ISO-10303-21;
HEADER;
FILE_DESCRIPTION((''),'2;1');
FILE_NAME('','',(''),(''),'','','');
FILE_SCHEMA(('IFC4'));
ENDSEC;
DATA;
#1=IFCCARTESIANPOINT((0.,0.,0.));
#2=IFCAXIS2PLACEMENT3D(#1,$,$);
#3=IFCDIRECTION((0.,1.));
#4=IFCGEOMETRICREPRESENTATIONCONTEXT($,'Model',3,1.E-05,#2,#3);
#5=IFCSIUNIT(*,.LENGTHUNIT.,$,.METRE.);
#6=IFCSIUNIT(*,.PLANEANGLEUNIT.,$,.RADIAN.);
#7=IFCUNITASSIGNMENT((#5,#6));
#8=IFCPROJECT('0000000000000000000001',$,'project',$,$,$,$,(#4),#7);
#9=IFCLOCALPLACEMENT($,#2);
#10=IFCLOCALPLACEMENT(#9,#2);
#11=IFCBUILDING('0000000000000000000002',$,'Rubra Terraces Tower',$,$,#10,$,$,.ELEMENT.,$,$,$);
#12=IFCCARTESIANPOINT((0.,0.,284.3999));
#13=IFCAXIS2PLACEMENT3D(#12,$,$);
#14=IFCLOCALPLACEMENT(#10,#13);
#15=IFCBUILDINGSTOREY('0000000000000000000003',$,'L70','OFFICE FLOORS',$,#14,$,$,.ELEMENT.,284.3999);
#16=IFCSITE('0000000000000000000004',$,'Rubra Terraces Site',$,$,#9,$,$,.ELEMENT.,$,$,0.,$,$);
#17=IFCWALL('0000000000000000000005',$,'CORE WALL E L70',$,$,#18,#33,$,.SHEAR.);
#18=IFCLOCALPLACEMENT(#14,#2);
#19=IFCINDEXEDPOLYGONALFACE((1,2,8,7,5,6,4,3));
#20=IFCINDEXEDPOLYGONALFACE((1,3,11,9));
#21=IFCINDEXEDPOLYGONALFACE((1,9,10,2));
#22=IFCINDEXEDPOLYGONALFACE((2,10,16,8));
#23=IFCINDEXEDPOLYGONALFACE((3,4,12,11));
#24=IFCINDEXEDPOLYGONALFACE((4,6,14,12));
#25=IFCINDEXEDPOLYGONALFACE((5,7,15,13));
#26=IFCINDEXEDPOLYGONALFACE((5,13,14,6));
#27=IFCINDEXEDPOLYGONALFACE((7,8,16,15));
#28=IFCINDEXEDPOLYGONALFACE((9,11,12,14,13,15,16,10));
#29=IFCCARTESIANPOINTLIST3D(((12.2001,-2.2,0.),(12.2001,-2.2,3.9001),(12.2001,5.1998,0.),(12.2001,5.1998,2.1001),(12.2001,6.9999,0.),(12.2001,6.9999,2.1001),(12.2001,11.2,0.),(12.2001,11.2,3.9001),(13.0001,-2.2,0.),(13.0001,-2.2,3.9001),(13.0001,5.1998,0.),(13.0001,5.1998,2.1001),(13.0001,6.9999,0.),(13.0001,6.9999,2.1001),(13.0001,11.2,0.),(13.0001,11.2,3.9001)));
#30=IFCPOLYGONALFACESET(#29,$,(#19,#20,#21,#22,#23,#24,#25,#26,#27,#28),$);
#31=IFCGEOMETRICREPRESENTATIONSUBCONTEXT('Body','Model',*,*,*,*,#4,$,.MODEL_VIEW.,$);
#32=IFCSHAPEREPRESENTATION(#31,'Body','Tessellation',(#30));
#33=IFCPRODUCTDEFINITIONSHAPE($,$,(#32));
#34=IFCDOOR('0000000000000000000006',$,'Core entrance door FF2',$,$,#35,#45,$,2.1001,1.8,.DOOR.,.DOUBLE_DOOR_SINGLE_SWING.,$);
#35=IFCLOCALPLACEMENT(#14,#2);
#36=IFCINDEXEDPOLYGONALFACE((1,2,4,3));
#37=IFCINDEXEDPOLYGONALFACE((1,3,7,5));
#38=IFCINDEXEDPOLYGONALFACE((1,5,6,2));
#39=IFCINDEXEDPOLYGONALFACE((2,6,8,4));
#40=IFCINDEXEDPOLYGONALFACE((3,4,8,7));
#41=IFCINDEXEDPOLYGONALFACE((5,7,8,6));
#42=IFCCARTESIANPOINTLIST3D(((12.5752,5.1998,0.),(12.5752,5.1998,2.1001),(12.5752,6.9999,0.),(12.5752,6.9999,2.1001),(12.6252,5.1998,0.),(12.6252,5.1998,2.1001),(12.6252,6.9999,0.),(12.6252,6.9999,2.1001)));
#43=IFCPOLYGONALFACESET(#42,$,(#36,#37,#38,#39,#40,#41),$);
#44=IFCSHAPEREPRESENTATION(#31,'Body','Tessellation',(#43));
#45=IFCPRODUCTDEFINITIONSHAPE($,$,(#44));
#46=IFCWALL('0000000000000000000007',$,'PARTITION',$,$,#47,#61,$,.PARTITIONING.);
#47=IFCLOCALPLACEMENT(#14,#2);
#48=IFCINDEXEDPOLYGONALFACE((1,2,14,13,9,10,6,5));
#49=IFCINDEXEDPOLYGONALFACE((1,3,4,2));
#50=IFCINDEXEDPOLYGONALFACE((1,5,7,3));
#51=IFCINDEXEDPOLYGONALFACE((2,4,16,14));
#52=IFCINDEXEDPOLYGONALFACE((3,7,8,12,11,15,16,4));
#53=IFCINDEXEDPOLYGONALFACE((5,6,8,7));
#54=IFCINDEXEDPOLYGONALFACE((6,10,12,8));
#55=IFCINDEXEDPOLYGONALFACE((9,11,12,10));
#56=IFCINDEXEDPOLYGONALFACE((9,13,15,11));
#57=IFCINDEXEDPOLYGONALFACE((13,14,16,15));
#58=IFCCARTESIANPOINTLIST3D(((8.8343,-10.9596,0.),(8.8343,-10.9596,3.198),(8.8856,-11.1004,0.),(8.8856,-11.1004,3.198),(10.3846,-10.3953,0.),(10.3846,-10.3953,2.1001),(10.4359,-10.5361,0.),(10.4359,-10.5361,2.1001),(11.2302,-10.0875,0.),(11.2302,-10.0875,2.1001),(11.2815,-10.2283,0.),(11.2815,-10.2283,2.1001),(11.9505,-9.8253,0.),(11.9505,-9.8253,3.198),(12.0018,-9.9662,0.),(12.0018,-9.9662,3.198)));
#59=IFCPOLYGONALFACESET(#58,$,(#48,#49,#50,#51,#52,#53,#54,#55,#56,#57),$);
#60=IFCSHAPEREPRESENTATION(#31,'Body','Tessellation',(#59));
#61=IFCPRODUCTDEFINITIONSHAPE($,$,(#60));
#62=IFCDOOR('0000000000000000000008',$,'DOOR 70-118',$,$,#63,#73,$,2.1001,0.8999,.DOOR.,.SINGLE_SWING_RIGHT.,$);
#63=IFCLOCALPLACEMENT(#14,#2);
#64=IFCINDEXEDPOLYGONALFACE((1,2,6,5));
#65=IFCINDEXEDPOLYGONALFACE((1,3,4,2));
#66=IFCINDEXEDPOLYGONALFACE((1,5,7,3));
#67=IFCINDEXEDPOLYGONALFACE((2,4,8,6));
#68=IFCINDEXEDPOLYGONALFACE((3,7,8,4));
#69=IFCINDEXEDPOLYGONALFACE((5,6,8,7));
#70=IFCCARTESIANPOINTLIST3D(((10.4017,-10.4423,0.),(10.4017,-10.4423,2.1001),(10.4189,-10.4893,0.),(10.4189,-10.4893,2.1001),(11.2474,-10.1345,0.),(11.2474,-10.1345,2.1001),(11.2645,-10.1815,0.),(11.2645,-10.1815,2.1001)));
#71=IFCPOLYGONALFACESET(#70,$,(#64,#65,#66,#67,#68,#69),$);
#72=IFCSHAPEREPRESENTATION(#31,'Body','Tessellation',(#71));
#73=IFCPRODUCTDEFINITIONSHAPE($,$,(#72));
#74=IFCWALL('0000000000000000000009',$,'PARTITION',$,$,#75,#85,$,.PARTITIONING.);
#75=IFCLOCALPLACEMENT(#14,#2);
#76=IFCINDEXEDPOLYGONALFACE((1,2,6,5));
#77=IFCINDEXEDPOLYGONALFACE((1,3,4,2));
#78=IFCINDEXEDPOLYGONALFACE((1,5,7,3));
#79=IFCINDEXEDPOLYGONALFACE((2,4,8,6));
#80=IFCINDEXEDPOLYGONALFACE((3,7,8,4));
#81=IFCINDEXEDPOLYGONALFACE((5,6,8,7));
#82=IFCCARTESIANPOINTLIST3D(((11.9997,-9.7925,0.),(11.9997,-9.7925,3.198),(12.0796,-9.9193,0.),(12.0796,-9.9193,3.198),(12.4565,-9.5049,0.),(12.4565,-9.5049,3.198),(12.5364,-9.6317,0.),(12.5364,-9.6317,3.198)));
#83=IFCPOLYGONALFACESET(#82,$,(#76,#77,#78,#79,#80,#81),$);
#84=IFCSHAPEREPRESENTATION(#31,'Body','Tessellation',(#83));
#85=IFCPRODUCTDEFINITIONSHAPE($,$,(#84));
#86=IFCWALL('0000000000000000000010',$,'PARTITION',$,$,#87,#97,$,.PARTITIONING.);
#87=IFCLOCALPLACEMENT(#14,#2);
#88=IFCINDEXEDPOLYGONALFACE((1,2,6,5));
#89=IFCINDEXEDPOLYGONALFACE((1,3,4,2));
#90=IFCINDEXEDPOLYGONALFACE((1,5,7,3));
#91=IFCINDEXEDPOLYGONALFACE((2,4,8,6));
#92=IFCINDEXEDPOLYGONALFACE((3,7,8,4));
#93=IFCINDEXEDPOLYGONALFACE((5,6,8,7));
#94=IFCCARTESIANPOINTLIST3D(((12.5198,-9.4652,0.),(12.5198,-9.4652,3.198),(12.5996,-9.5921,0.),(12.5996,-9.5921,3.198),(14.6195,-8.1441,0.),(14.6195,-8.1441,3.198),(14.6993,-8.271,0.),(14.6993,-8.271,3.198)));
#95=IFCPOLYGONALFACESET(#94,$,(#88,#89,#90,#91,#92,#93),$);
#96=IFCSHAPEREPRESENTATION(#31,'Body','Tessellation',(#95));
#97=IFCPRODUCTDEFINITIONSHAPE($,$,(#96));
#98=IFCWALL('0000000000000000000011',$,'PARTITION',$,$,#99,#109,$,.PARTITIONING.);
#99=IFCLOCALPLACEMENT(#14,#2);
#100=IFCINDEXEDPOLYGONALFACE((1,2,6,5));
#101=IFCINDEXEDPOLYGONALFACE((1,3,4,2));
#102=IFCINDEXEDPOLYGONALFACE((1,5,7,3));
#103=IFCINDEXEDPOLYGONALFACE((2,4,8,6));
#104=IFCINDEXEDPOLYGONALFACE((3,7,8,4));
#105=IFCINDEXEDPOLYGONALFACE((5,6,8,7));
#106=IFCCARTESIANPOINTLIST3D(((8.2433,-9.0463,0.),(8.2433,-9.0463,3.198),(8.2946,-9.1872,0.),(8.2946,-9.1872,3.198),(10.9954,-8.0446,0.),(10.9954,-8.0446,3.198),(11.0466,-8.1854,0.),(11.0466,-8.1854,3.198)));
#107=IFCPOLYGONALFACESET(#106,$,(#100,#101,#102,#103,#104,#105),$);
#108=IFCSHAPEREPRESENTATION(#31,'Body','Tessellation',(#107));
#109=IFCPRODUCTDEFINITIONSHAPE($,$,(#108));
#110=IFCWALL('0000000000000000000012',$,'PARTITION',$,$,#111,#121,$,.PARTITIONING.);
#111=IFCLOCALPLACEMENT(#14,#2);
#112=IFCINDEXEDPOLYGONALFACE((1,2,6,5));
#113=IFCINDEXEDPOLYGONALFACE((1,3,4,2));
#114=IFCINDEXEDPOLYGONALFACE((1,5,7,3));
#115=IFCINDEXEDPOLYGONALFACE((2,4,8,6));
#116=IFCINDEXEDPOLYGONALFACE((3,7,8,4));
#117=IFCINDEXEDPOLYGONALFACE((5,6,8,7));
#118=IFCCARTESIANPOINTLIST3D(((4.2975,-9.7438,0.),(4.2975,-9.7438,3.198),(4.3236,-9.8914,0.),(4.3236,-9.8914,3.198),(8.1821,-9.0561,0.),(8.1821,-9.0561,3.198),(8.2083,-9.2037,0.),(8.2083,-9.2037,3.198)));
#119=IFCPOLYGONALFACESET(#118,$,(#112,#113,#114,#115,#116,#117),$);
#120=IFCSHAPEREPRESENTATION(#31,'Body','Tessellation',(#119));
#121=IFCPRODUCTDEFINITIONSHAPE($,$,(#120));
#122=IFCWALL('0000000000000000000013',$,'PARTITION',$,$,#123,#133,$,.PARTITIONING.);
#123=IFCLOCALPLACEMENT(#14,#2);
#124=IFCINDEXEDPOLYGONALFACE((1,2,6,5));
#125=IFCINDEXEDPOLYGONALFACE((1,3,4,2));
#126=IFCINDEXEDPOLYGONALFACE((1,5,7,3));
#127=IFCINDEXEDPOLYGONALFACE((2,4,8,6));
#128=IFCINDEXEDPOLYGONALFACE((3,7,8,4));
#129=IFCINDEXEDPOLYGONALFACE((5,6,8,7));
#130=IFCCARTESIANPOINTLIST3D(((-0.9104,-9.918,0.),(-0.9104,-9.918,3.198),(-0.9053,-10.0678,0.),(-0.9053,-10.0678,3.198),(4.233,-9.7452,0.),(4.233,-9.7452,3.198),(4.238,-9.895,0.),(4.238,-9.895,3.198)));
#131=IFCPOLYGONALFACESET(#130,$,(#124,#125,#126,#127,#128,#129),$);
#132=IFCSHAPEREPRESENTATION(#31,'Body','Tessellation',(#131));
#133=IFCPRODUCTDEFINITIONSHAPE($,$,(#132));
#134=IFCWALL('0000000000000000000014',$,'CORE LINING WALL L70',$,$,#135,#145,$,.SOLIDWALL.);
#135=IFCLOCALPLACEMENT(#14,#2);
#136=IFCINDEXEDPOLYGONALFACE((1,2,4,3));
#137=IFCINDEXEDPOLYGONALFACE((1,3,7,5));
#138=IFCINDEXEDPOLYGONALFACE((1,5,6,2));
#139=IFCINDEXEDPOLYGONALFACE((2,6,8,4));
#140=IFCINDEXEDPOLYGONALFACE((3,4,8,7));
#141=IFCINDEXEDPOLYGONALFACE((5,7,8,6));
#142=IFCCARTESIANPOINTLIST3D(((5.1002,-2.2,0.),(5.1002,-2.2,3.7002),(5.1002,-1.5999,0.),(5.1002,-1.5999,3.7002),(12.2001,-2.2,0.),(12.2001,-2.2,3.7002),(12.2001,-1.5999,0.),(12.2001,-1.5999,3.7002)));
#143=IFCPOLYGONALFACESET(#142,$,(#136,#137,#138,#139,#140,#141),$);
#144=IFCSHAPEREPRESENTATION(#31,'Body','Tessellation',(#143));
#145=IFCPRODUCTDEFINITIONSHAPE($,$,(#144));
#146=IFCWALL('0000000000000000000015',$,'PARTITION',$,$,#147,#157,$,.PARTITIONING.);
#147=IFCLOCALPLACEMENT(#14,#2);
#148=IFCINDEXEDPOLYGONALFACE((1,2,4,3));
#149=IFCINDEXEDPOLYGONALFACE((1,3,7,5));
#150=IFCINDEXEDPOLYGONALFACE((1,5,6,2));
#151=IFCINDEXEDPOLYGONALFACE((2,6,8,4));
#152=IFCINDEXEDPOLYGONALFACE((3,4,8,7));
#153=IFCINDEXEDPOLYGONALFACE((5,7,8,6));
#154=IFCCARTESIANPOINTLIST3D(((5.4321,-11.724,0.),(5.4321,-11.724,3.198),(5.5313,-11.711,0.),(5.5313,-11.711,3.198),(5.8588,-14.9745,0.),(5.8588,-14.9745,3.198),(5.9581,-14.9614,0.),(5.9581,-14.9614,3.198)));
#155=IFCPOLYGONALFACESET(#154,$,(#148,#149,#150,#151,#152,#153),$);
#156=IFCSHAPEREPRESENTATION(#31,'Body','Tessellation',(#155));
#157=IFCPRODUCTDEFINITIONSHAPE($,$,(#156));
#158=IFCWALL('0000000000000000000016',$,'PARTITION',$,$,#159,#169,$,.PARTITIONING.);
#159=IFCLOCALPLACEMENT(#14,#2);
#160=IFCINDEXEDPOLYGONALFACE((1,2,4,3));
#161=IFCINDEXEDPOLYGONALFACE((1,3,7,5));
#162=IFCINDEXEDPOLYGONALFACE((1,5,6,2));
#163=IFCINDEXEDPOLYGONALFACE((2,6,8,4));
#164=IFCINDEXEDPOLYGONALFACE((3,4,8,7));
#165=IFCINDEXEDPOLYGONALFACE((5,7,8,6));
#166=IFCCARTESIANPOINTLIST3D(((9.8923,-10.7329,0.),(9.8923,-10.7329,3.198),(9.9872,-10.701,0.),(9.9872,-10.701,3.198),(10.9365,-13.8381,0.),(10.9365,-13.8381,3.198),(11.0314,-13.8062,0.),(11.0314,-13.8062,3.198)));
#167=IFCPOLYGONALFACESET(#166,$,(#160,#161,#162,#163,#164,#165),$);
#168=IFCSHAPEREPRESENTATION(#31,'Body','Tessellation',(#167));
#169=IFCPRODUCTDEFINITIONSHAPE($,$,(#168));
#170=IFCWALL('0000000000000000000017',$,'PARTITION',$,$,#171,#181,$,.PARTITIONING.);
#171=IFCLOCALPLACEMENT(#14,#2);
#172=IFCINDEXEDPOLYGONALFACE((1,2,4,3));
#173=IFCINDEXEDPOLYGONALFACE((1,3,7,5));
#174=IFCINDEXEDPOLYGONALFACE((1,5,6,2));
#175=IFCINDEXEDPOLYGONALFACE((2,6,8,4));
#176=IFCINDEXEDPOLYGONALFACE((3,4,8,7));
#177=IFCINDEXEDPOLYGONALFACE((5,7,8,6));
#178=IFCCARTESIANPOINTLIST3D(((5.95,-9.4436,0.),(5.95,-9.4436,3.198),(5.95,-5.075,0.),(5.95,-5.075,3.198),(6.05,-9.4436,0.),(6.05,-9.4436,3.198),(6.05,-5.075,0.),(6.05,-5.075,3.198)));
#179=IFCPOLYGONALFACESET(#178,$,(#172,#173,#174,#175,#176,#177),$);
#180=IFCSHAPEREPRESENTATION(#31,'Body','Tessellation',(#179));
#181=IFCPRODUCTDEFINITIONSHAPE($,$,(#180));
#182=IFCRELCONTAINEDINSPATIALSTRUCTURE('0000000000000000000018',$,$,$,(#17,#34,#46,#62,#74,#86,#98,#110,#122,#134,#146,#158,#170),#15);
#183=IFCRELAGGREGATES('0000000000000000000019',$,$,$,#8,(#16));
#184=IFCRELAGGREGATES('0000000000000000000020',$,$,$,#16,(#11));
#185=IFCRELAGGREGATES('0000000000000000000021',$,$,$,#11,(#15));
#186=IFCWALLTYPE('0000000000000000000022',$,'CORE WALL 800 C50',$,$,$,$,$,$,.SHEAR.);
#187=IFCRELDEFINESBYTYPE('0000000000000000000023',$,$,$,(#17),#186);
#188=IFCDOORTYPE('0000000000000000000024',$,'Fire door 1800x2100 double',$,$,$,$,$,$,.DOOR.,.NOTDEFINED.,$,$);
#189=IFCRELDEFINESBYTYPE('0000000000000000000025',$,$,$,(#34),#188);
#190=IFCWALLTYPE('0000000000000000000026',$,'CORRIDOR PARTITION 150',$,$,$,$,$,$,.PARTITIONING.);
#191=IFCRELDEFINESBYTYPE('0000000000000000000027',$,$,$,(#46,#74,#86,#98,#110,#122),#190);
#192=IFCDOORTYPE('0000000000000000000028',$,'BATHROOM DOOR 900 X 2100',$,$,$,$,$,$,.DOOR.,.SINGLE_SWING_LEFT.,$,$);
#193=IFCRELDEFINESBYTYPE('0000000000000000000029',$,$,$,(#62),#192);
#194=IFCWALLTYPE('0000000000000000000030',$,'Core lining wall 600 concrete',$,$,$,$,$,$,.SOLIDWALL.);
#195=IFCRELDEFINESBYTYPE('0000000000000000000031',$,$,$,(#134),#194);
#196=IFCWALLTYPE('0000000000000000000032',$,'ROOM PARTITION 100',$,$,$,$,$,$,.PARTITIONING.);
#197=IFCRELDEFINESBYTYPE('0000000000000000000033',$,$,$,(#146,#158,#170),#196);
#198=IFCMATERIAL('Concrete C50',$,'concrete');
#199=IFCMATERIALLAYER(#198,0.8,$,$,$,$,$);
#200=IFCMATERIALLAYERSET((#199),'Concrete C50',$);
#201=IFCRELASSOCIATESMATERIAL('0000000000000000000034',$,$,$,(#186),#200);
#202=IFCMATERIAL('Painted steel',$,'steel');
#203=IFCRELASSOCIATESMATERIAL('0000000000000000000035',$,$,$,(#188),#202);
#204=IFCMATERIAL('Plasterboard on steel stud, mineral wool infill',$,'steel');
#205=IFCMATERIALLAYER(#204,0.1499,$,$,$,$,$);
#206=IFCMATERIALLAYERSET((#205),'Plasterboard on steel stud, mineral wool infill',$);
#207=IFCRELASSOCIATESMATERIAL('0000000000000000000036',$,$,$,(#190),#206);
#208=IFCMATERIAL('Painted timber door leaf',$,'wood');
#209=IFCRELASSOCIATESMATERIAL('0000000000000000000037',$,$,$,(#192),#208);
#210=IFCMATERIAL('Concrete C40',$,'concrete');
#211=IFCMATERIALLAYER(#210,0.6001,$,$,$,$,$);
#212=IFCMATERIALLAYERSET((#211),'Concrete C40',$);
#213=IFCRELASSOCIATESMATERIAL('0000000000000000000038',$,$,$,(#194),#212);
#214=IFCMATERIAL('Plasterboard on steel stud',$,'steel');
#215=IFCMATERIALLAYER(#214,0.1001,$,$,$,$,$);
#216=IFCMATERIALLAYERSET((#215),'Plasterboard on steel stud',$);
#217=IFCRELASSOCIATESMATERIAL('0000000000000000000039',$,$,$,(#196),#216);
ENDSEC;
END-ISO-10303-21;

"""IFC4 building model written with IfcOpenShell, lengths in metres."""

from ifc_helpers import new_model, si_unit, direction, frame, frame_2d, origin, place, context, subcontext, project, spatial, rectangle, extrude, material, layer, layer_set, type_object, element, fill, save


model = new_model("IFC4")

# Units and contexts
model_context = context("Model", 3, precision=1e-05, world=origin(), true_north=direction((0.0, 1.0)))
body_context = subcontext(model_context, "Body", "Model", "MODEL_VIEW")
ifc_project = project(units=[si_unit("LENGTHUNIT", "METRE"), si_unit("PLANEANGLEUNIT", "RADIAN")], contexts=[model_context])

# Site, building, storey
site_placement = place(None, origin())
site = spatial("IfcSite", under=ifc_project, at=site_placement, Name="Rubra Terraces Site", CompositionType="ELEMENT", RefElevation=0.0)
building_placement = place(site_placement, origin())
building = spatial("IfcBuilding", under=site, at=building_placement, Name="Rubra Terraces Tower", CompositionType="ELEMENT")
storey_placement = place(building_placement, frame((0.0, 0.0, 284.3999)))
storey = spatial("IfcBuildingStorey", under=building, at=storey_placement, Name="L70", Description="OFFICE FLOORS", CompositionType="ELEMENT", Elevation=284.3999)

# Walls, openings, doors
ifc_material_1 = material(Name="Concrete C50", Category="concrete")
ifc_layer_1 = layer(ifc_material_1, 0.8)
ifc_layer_set_1 = layer_set([ifc_layer_1], Name="Concrete C50")
wall_type_1 = type_object("IfcWallType", Name="CORE WALL 800 C50", PredefinedType="SHEAR", material=ifc_layer_set_1)
wall_1_placement = place(storey_placement, frame((12.6001, -2.2, 0.0), z_axis=(0.0, 0.0, 1.0), x_axis=(0.0, 1.0, 0.0)))
wall_1 = element("IfcWall", 1, at=wall_1_placement, inside=storey, type_object=wall_type_1, Name="CORE WALL E L70", PredefinedType="SHEAR", context=body_context, shape_type="SweptSolid", body=[
    extrude(rectangle(XDim=13.3999, YDim=0.8, at=frame_2d((6.7, 0.0))), origin(), (0.0, 0.0, 1.0), 3.9001),
])
opening_1_placement = place(wall_1_placement, frame((7.3999, 0.0, 0.0)))
opening_1 = element("IfcOpeningElement", 2, at=opening_1_placement, cuts=wall_1, PredefinedType="OPENING", context=body_context, shape_type="SweptSolid", body=[
    extrude(rectangle(XDim=1.8, YDim=2.1001, at=frame_2d((0.8999, 1.05))), frame((0.0, 0.4099, 0.0), z_axis=(0.0, -1.0, 0.0), x_axis=(1.0, 0.0, 0.0)), (0.0, 0.0, 1.0), 0.8201),
])
ifc_material_2 = material(Name="Painted steel", Category="steel")
door_type_1 = type_object("IfcDoorType", Name="Fire door 1800x2100 double", OperationType="NOTDEFINED", PredefinedType="DOOR", material=ifc_material_2)
door_1_placement = place(opening_1_placement, origin())
door_1 = element("IfcDoor", 3, at=door_1_placement, inside=storey, type_object=door_type_1, Name="Core entrance door FF2", OperationType="DOUBLE_DOOR_SINGLE_SWING", OverallHeight=2.1001, OverallWidth=1.8, PredefinedType="DOOR", context=body_context, shape_type="SweptSolid", body=[
    extrude(rectangle(XDim=1.8, YDim=2.1001, at=frame_2d((0.8999, 1.05))), frame((0.0, 0.0249, 0.0), z_axis=(0.0, -1.0, 0.0), x_axis=(1.0, 0.0, 0.0)), (0.0, 0.0, 1.0), 0.05),
])
fill(opening_1, door_1)
ifc_material_3 = material(Name="Plasterboard on steel stud, mineral wool infill", Category="steel")
ifc_layer_2 = layer(ifc_material_3, 0.1499)
ifc_layer_set_2 = layer_set([ifc_layer_2], Name="Plasterboard on steel stud, mineral wool infill")
wall_type_2 = type_object("IfcWallType", Name="CORRIDOR PARTITION 150", PredefinedType="PARTITIONING", material=ifc_layer_set_2)
wall_2_placement = place(storey_placement, frame((8.8599, -11.03, 0.0), z_axis=(0.0, 0.0, 1.0), x_axis=(0.939686, 0.342039, 0.0)))
wall_2 = element("IfcWall", 4, at=wall_2_placement, inside=storey, type_object=wall_type_2, Name="PARTITION", PredefinedType="PARTITIONING", context=body_context, shape_type="SweptSolid", body=[
    extrude(rectangle(XDim=3.3162, YDim=0.1499, at=frame_2d((1.6582, 0.0))), origin(), (0.0, 0.0, 1.0), 3.198),
])
opening_2_placement = place(wall_2_placement, frame((1.6499, 0.0, 0.0)))
opening_2 = element("IfcOpeningElement", 5, at=opening_2_placement, cuts=wall_2, PredefinedType="OPENING", context=body_context, shape_type="SweptSolid", body=[
    extrude(rectangle(XDim=0.8999, YDim=2.1001, at=frame_2d((0.45, 1.05))), frame((0.0, 0.085, 0.0), z_axis=(0.0, -1.0, 0.0), x_axis=(1.0, 0.0, 0.0)), (0.0, 0.0, 1.0), 0.1699),
])
ifc_material_4 = material(Name="Painted timber door leaf", Category="wood")
door_type_2 = type_object("IfcDoorType", Name="BATHROOM DOOR 900 X 2100", OperationType="SINGLE_SWING_LEFT", PredefinedType="DOOR", material=ifc_material_4)
door_2_placement = place(opening_2_placement, origin())
door_2 = element("IfcDoor", 6, at=door_2_placement, inside=storey, type_object=door_type_2, Name="DOOR 70-118", OperationType="SINGLE_SWING_RIGHT", OverallHeight=2.1001, OverallWidth=0.8999, PredefinedType="DOOR", context=body_context, shape_type="SweptSolid", body=[
    extrude(rectangle(XDim=0.8999, YDim=2.1001, at=frame_2d((0.45, 1.05))), frame((0.0, 0.0249, 0.0), z_axis=(0.0, -1.0, 0.0), x_axis=(1.0, 0.0, 0.0)), (0.0, 0.0, 1.0), 0.05),
])
fill(opening_2, door_2)

# Walls
wall_3_placement = place(storey_placement, frame((12.0396, -9.856, 0.0), z_axis=(0.0, 0.0, 1.0), x_axis=(0.84624, 0.532801, 0.0)))
element("IfcWall", 7, at=wall_3_placement, inside=storey, type_object=wall_type_2, Name="PARTITION", PredefinedType="PARTITIONING", context=body_context, shape_type="SweptSolid", body=[
    extrude(rectangle(XDim=0.5398, YDim=0.1499, at=frame_2d((0.27, 0.0))), origin(), (0.0, 0.0, 1.0), 3.198),
])
wall_4_placement = place(storey_placement, frame((12.5598, -9.5286, 0.0), z_axis=(0.0, 0.0, 1.0), x_axis=(0.846402, 0.532544, 0.0)))
element("IfcWall", 8, at=wall_4_placement, inside=storey, type_object=wall_type_2, Name="PARTITION", PredefinedType="PARTITIONING", context=body_context, shape_type="SweptSolid", body=[
    extrude(rectangle(XDim=2.4807, YDim=0.1499, at=frame_2d((1.2402, 0.0))), origin(), (0.0, 0.0, 1.0), 3.198),
])
wall_5_placement = place(storey_placement, frame((11.021, -8.115, 0.0), z_axis=(0.0, 0.0, 1.0), x_axis=(-0.939684, -0.342044, 0.0)))
element("IfcWall", 9, at=wall_5_placement, inside=storey, type_object=wall_type_2, Name="PARTITION", PredefinedType="PARTITIONING", context=body_context, shape_type="SweptSolid", body=[
    extrude(rectangle(XDim=2.9287, YDim=0.1499, at=frame_2d((1.4644, 0.0))), origin(), (0.0, 0.0, 1.0), 3.198),
])
wall_6_placement = place(storey_placement, frame((8.1953, -9.1299, 0.0), z_axis=(0.0, 0.0, 1.0), x_axis=(-0.984688, -0.174325, 0.0)))
element("IfcWall", 10, at=wall_6_placement, inside=storey, type_object=wall_type_2, Name="PARTITION", PredefinedType="PARTITIONING", context=body_context, shape_type="SweptSolid", body=[
    extrude(rectangle(XDim=3.9451, YDim=0.1499, at=frame_2d((1.9727, 0.0))), origin(), (0.0, 0.0, 1.0), 3.198),
])
wall_7_placement = place(storey_placement, frame((4.2356, -9.8201, 0.0), z_axis=(0.0, 0.0, 1.0), x_axis=(-0.999436, -0.033588, 0.0)))
element("IfcWall", 11, at=wall_7_placement, inside=storey, type_object=wall_type_2, Name="PARTITION", PredefinedType="PARTITIONING", context=body_context, shape_type="SweptSolid", body=[
    extrude(rectangle(XDim=5.1462, YDim=0.1499, at=frame_2d((2.5732, 0.0))), origin(), (0.0, 0.0, 1.0), 3.198),
])
ifc_material_5 = material(Name="Concrete C40", Category="concrete")
ifc_layer_3 = layer(ifc_material_5, 0.6001)
ifc_layer_set_3 = layer_set([ifc_layer_3], Name="Concrete C40")
wall_type_3 = type_object("IfcWallType", Name="Core lining wall 600 concrete", PredefinedType="SOLIDWALL", material=ifc_layer_set_3)
wall_8_placement = place(storey_placement, frame((12.2, -1.8999, 0.0), z_axis=(0.0, 0.0, 1.0), x_axis=(-1.0, 0.0, 0.0)))
element("IfcWall", 12, at=wall_8_placement, inside=storey, type_object=wall_type_3, Name="CORE LINING WALL L70", PredefinedType="SOLIDWALL", context=body_context, shape_type="SweptSolid", body=[
    extrude(rectangle(XDim=7.0999, YDim=0.6001, at=frame_2d((3.5498, 0.0))), origin(), (0.0, 0.0, 1.0), 3.7002),
])
ifc_material_6 = material(Name="Plasterboard on steel stud", Category="steel")
ifc_layer_4 = layer(ifc_material_6, 0.1001)
ifc_layer_set_4 = layer_set([ifc_layer_4], Name="Plasterboard on steel stud")
wall_type_4 = type_object("IfcWallType", Name="ROOM PARTITION 100", PredefinedType="PARTITIONING", material=ifc_layer_set_4)
wall_9_placement = place(storey_placement, frame((5.4817, -11.7175, 0.0), z_axis=(0.0, 0.0, 1.0), x_axis=(0.130173, -0.991491, 0.0)))
element("IfcWall", 13, at=wall_9_placement, inside=storey, type_object=wall_type_4, Name="PARTITION", PredefinedType="PARTITIONING", context=body_context, shape_type="SweptSolid", body=[
    extrude(rectangle(XDim=3.2783, YDim=0.1001, at=frame_2d((1.6392, 0.0))), origin(), (0.0, 0.0, 1.0), 3.198),
])
wall_10_placement = place(storey_placement, frame((9.9397, -10.7168, 0.0), z_axis=(0.0, 0.0, 1.0), x_axis=(0.318731, -0.947845, 0.0)))
element("IfcWall", 14, at=wall_10_placement, inside=storey, type_object=wall_type_4, Name="PARTITION", PredefinedType="PARTITIONING", context=body_context, shape_type="SweptSolid", body=[
    extrude(rectangle(XDim=3.2761, YDim=0.1001, at=frame_2d((1.6382, 0.0))), origin(), (0.0, 0.0, 1.0), 3.198),
])
wall_11_placement = place(storey_placement, frame((6.0, -9.4436, 0.0), z_axis=(0.0, 0.0, 1.0), x_axis=(0.0, 1.0, 0.0)))
element("IfcWall", 15, at=wall_11_placement, inside=storey, type_object=wall_type_4, Name="PARTITION", PredefinedType="PARTITIONING", context=body_context, shape_type="SweptSolid", body=[
    extrude(rectangle(XDim=4.3687, YDim=0.1001, at=frame_2d((2.1843, 0.0))), origin(), (0.0, 0.0, 1.0), 3.198),
])

save(model, "model.ifc")
